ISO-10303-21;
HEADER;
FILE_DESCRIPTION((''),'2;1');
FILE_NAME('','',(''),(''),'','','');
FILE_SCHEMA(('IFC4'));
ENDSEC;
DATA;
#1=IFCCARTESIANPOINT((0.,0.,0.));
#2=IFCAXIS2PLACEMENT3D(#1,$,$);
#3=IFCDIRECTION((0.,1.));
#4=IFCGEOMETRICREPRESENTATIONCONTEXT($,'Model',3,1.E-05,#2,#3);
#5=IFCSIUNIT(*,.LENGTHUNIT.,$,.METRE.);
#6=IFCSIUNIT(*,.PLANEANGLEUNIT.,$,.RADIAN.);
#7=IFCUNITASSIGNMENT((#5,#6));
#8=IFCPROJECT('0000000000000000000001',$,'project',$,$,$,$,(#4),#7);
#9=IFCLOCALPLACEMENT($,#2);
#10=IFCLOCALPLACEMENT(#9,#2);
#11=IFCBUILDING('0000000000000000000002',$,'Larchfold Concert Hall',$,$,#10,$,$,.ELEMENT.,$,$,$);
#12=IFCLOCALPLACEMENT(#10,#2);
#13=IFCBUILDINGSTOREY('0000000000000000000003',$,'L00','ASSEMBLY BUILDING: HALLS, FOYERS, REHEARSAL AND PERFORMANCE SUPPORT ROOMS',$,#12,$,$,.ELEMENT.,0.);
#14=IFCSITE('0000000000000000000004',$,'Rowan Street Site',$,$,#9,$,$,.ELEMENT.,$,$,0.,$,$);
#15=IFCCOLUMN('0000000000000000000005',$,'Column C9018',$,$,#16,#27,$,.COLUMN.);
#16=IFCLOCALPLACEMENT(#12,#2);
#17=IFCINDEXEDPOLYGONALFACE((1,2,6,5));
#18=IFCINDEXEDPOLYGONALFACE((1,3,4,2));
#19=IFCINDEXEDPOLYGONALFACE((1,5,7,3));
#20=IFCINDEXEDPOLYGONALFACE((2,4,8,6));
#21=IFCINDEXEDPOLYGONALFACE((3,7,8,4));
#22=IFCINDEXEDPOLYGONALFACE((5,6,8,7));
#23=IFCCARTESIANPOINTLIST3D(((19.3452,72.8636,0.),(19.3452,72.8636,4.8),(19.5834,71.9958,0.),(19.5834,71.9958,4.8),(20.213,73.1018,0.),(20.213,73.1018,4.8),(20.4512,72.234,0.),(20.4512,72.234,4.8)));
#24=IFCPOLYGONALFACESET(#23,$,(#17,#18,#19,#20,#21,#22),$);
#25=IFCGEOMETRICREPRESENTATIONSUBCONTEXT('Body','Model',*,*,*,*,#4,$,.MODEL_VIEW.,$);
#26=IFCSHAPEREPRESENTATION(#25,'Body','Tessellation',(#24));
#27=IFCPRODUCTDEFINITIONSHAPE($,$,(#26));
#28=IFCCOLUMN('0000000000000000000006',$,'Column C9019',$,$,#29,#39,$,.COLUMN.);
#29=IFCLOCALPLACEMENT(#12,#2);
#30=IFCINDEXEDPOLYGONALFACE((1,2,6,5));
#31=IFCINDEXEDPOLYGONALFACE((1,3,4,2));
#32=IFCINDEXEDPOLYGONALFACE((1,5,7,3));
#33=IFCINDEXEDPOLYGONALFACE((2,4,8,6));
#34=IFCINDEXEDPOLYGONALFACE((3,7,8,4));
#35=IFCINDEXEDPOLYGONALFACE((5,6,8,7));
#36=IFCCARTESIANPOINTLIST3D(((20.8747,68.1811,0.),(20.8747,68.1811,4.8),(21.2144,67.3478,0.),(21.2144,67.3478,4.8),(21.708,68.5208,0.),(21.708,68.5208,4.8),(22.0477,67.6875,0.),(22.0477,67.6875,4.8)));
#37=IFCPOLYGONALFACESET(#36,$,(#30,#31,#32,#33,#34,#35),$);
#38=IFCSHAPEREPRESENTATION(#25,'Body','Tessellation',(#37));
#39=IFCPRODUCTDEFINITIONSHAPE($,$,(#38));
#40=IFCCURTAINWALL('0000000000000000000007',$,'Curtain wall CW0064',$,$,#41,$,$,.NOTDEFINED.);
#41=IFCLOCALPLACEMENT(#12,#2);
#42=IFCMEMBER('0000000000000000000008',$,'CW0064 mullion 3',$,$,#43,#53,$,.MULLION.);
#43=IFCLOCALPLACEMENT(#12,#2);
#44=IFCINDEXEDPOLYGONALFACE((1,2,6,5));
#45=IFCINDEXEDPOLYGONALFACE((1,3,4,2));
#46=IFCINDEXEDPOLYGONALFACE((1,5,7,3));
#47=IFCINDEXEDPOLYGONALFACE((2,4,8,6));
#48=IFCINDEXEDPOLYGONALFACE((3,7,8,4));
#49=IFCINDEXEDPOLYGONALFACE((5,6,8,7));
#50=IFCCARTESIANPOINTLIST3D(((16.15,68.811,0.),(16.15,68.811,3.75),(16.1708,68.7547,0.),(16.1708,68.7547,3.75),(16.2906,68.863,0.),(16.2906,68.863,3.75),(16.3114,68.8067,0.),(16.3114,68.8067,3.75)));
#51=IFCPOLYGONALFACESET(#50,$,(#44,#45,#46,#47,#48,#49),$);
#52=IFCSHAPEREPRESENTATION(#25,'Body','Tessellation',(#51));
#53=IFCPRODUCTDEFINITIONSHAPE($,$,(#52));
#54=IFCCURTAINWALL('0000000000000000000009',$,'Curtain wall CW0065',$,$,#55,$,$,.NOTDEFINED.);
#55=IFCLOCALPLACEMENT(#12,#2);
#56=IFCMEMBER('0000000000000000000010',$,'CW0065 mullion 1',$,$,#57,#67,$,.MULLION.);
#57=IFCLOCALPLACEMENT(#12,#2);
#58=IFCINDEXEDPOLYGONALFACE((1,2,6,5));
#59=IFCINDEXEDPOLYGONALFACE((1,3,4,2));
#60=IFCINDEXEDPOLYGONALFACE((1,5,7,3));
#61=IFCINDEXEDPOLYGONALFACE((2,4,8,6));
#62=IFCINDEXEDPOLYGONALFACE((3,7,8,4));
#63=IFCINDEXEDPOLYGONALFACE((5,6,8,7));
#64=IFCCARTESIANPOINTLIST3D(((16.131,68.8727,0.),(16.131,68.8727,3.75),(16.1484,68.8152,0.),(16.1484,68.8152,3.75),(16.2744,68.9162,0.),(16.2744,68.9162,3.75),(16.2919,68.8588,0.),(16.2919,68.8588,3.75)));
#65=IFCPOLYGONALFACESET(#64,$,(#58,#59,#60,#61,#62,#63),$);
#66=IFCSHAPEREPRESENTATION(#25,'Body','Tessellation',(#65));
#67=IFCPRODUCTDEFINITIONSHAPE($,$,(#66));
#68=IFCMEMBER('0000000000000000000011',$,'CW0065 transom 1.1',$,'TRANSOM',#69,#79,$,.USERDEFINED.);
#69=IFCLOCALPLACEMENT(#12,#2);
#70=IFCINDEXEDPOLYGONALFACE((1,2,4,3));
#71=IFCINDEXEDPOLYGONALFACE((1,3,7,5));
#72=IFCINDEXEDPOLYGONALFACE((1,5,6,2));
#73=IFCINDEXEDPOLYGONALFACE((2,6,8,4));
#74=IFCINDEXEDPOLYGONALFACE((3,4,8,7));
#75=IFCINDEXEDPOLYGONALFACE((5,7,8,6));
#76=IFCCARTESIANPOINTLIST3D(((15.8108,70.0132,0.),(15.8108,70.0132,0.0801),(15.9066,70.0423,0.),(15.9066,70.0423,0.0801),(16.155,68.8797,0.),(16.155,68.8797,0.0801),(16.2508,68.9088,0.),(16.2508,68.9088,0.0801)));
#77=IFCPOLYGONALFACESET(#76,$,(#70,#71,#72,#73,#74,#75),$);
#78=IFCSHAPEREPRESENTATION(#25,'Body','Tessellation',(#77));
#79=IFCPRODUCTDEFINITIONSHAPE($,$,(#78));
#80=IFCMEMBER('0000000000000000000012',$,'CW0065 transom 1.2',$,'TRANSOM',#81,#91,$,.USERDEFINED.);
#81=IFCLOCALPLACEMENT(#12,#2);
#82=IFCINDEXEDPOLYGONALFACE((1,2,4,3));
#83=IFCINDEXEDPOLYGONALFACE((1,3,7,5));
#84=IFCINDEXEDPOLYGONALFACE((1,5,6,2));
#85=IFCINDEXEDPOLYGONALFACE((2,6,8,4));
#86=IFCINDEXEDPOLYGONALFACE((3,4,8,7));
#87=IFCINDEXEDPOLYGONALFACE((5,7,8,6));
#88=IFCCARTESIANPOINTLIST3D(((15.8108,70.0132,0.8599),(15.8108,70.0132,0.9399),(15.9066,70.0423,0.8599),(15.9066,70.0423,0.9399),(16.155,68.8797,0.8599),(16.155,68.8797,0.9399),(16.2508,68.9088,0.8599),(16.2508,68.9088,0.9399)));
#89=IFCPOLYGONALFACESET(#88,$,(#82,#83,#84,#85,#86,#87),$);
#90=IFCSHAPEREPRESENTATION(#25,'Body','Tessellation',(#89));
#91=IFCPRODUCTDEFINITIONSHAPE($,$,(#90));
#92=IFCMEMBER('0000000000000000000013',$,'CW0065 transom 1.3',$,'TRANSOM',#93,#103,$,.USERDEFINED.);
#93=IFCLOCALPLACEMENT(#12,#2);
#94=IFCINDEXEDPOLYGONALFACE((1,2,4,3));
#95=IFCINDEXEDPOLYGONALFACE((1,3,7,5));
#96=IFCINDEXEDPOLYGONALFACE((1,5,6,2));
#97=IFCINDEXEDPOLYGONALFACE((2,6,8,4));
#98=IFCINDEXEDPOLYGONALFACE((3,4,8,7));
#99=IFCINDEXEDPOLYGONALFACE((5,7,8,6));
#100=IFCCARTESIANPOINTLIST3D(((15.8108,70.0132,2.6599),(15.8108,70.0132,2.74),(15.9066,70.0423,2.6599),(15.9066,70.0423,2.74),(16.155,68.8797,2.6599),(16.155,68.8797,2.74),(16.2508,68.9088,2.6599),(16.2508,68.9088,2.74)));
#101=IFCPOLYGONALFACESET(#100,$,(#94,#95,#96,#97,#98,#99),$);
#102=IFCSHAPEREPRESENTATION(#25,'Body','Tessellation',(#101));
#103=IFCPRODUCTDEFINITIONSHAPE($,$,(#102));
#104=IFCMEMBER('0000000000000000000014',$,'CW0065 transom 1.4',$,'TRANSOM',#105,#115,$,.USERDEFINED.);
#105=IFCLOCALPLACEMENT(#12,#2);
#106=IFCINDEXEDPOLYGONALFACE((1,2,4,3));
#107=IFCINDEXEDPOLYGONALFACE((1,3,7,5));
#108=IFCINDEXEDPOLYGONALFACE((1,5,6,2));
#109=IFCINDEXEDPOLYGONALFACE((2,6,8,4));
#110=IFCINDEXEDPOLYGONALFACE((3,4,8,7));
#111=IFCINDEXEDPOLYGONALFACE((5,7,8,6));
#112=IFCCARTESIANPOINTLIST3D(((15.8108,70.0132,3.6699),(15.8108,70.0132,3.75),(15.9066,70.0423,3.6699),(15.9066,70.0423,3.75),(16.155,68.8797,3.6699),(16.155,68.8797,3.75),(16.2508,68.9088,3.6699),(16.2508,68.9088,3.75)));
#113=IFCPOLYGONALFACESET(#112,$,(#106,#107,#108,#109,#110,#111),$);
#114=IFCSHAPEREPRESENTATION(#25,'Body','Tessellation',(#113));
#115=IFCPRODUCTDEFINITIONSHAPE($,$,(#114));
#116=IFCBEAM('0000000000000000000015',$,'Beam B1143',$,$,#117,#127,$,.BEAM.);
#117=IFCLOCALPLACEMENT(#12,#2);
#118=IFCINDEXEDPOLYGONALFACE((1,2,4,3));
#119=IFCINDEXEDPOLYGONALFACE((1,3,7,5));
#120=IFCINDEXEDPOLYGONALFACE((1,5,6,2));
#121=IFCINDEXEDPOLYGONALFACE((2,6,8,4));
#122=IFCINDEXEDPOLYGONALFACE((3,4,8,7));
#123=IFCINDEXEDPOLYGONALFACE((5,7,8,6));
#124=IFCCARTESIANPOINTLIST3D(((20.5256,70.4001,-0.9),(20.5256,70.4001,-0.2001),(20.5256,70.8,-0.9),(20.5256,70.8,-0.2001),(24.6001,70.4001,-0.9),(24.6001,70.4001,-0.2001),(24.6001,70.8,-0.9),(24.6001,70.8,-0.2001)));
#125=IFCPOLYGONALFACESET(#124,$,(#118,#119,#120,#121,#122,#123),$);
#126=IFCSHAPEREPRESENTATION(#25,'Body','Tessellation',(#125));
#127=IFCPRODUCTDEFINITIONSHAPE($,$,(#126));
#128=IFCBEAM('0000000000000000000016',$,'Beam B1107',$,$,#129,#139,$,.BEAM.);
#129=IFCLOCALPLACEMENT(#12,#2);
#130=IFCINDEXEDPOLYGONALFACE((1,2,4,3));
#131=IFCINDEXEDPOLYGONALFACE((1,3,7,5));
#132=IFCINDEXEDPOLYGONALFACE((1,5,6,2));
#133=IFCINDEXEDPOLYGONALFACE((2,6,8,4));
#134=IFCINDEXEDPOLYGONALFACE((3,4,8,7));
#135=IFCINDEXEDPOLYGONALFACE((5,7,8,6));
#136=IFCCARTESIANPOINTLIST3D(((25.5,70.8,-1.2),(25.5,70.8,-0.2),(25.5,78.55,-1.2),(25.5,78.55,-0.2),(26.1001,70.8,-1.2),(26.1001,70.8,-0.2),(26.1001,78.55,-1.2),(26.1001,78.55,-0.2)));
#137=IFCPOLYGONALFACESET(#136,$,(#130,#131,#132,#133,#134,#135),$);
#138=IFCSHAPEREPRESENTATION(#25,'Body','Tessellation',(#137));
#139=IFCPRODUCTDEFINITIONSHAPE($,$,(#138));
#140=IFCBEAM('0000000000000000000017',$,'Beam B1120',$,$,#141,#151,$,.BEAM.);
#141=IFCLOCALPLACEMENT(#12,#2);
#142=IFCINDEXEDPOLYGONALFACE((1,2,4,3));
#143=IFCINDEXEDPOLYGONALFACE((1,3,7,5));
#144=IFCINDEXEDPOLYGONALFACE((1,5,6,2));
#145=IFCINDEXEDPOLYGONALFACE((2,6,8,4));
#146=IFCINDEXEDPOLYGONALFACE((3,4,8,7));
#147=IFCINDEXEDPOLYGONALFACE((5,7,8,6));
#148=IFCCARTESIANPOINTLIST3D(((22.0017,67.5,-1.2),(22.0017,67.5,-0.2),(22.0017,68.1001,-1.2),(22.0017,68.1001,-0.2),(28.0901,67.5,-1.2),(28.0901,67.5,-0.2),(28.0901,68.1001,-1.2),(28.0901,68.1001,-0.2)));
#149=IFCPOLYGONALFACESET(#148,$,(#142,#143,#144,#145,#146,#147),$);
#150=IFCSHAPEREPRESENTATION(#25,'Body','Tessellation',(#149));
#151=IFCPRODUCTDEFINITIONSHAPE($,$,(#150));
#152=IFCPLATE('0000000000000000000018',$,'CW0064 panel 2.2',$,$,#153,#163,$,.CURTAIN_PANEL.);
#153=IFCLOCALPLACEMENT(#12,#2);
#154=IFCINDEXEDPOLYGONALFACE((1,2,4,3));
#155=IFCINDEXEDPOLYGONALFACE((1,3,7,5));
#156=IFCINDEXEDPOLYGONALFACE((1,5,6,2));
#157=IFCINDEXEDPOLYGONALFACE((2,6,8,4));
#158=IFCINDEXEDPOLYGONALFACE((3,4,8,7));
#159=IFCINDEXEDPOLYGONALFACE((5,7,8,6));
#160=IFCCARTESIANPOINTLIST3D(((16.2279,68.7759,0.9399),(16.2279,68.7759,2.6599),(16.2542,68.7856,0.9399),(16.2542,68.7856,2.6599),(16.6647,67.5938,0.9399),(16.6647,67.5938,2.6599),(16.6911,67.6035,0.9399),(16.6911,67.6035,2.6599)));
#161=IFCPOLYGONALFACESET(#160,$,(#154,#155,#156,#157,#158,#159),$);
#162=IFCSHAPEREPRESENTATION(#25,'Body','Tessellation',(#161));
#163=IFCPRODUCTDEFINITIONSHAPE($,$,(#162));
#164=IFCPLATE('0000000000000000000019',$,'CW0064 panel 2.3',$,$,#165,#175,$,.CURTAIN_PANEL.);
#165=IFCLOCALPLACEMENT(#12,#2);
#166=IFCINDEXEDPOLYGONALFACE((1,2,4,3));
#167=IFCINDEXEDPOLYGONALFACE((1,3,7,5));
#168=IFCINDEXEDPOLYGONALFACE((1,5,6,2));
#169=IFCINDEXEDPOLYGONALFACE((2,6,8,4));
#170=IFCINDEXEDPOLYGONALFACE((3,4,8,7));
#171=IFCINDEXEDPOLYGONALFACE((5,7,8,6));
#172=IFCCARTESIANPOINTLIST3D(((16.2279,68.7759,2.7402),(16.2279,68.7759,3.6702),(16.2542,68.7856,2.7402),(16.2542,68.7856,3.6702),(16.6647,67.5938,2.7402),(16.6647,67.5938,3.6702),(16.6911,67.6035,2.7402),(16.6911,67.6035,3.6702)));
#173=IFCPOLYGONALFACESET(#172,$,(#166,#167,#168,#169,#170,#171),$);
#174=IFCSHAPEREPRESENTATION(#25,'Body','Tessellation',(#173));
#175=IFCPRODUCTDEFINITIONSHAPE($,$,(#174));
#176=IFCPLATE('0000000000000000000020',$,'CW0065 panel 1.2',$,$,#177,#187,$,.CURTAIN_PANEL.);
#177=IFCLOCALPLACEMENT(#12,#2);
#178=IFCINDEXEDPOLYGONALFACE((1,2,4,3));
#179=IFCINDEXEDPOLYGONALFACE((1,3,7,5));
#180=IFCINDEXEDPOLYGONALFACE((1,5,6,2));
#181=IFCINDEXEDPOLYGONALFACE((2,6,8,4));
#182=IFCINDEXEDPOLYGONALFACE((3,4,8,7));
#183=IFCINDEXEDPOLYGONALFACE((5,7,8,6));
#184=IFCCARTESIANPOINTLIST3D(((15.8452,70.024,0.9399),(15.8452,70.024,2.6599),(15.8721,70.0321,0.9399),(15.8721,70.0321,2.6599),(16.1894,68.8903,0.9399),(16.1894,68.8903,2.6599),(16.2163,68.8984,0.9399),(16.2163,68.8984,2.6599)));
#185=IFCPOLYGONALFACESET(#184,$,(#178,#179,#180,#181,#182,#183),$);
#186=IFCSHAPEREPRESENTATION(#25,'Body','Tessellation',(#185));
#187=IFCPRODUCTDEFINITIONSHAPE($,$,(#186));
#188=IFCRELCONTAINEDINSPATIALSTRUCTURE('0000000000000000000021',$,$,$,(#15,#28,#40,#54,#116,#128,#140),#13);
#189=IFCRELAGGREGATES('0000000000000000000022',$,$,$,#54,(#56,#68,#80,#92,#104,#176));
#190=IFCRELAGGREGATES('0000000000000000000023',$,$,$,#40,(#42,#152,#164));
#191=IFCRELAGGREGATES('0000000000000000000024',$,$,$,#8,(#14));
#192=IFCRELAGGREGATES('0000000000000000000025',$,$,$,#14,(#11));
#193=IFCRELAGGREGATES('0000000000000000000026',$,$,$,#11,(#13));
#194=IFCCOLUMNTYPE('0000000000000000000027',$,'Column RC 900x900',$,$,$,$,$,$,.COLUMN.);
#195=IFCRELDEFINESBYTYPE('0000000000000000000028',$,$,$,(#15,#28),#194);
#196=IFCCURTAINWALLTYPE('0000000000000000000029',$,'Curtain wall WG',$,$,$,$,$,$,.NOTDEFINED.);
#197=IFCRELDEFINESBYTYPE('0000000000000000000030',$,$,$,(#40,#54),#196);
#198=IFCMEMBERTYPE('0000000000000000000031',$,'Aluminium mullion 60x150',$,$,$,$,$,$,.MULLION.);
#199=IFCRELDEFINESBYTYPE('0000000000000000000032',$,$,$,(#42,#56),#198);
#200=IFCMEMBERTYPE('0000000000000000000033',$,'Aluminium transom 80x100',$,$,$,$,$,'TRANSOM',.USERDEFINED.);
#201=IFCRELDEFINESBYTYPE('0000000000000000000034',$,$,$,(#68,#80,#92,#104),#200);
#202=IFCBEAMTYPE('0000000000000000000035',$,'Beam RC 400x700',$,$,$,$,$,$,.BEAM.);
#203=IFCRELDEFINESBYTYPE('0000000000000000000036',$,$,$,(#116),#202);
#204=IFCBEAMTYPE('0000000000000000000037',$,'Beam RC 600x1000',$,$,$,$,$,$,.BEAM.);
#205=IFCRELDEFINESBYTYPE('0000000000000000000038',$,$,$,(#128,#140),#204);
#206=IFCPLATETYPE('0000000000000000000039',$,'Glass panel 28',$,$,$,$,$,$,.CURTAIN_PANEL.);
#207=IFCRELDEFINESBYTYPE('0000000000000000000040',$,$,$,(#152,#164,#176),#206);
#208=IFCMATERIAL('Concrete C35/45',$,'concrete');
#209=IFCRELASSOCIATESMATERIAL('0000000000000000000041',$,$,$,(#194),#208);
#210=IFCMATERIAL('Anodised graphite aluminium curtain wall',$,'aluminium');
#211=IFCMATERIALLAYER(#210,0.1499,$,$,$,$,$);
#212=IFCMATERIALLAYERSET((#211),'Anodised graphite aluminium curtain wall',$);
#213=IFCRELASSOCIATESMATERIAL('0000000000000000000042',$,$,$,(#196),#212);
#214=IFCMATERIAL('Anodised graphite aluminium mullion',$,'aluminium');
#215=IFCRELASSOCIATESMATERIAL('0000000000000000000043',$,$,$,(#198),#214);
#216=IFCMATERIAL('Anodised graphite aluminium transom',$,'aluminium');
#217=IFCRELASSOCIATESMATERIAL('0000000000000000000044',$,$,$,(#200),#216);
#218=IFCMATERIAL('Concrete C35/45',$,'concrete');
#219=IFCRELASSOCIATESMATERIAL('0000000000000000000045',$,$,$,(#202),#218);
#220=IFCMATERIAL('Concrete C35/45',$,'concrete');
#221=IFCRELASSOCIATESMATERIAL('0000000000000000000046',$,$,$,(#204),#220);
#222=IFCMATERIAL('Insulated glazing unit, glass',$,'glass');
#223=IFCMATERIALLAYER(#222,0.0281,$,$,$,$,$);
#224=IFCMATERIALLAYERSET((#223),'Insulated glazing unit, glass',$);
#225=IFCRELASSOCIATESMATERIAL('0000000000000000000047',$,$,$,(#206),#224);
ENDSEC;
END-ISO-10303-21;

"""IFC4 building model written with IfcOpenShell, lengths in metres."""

from ifc_helpers import new_model, si_unit, direction, frame, origin, origin_2d, place, context, subcontext, project, spatial, rectangle, extrude, material, layer, layer_set, material_profile, profile_set, type_object, element, aggregate, save


model = new_model("IFC4")

# Units and contexts
model_context = context("Model", 3, precision=1e-05, world=origin(), true_north=direction((0.0, 1.0)))
body_context = subcontext(model_context, "Body", "Model", "MODEL_VIEW")
ifc_project = project(units=[si_unit("LENGTHUNIT", "METRE"), si_unit("PLANEANGLEUNIT", "RADIAN")], contexts=[model_context])

# Site, building, storey
site_placement = place(None, origin())
site = spatial("IfcSite", under=ifc_project, at=site_placement, Name="Rowan Street Site", CompositionType="ELEMENT", RefElevation=0.0)
building_placement = place(site_placement, origin())
building = spatial("IfcBuilding", under=site, at=building_placement, Name="Larchfold Concert Hall", CompositionType="ELEMENT")
storey_placement = place(building_placement, origin())
storey = spatial("IfcBuildingStorey", under=building, at=storey_placement, Name="L00", Description="ASSEMBLY BUILDING: HALLS, FOYERS, REHEARSAL AND PERFORMANCE SUPPORT ROOMS", CompositionType="ELEMENT", Elevation=0.0)

# Columns
ifc_material_1 = material(Name="Concrete C35/45", Category="concrete")
ifc_material_profile_1 = material_profile(ifc_material_1, rectangle(XDim=0.8999, YDim=0.8999, at=origin_2d()))
ifc_profile_set_1 = profile_set([ifc_material_profile_1], Name="Concrete C35/45")
column_type = type_object("IfcColumnType", Name="Column RC 900x900", PredefinedType="COLUMN", material=ifc_profile_set_1)
for number, where, z_axis, x_axis, name in (
    (1, (19.8982, 72.5488, 0.0), (0.0, 0.0, 1.0), (0.964324, 0.264726, 0.0), "Column C9018"),
    (2, (21.4612, 67.9343, 0.0), (0.0, 0.0, 1.0), (0.926014, 0.37749, 0.0), "Column C9019"),
):
    element("IfcColumn", number, at=place(storey_placement, frame(where, z_axis=z_axis, x_axis=x_axis)), inside=storey, type_object=column_type, Name=name, PredefinedType="COLUMN", context=body_context, shape_type="SweptSolid", body=[
        extrude(rectangle(XDim=0.8999, YDim=0.8999, at=origin_2d()), origin(), (0.0, 0.0, 1.0), 4.8),
    ])

# Curtain wall, member
ifc_material_2 = material(Name="Anodised graphite aluminium curtain wall", Category="aluminium")
ifc_layer_1 = layer(ifc_material_2, 0.1499)
ifc_layer_set_1 = layer_set([ifc_layer_1], Name="Anodised graphite aluminium curtain wall")
curtain_wall_type = type_object("IfcCurtainWallType", Name="Curtain wall WG", PredefinedType="NOTDEFINED", material=ifc_layer_set_1)
curtain_wall_1_placement = place(storey_placement, origin())
curtain_wall_1 = element("IfcCurtainWall", 3, at=curtain_wall_1_placement, inside=storey, type_object=curtain_wall_type, Name="Curtain wall CW0064", PredefinedType="NOTDEFINED")
ifc_material_3 = material(Name="Anodised graphite aluminium mullion", Category="aluminium")
ifc_material_profile_2 = material_profile(ifc_material_3, rectangle(XDim=0.1499, YDim=0.0601, at=origin_2d()))
ifc_profile_set_2 = profile_set([ifc_material_profile_2], Name="Anodised graphite aluminium mullion")
member_type_1 = type_object("IfcMemberType", Name="Aluminium mullion 60x150", PredefinedType="MULLION", material=ifc_profile_set_2)
member_1_placement = place(storey_placement, frame((16.2307, 68.8088, 0.0), z_axis=(0.0, 0.0, 1.0), x_axis=(-0.938002, -0.346631, 0.0)))
member_1 = element("IfcMember", 4, at=member_1_placement, type_object=member_type_1, Name="CW0064 mullion 3", PredefinedType="MULLION", context=body_context, shape_type="SweptSolid", body=[
    extrude(rectangle(XDim=0.1499, YDim=0.0601, at=origin_2d()), origin(), (0.0, 0.0, 1.0), 3.75),
])

# Curtain wall, members
curtain_wall_2_placement = place(storey_placement, origin())
curtain_wall_2 = element("IfcCurtainWall", 5, at=curtain_wall_2_placement, inside=storey, type_object=curtain_wall_type, Name="Curtain wall CW0065", PredefinedType="NOTDEFINED")
member_2_placement = place(storey_placement, frame((16.2114, 68.8657, 0.0), z_axis=(0.0, 0.0, 1.0), x_axis=(-0.956862, -0.290544, 0.0)))
member_2 = element("IfcMember", 6, at=member_2_placement, type_object=member_type_1, Name="CW0065 mullion 1", PredefinedType="MULLION", context=body_context, shape_type="SweptSolid", body=[
    extrude(rectangle(XDim=0.1499, YDim=0.0601, at=origin_2d()), origin(), (0.0, 0.0, 1.0), 3.75),
])
ifc_material_4 = material(Name="Anodised graphite aluminium transom", Category="aluminium")
ifc_material_profile_3 = material_profile(ifc_material_4, rectangle(XDim=0.1001, YDim=0.0801, at=origin_2d()))
ifc_profile_set_3 = profile_set([ifc_material_profile_3], Name="Anodised graphite aluminium transom")
member_type_2 = type_object("IfcMemberType", Name="Aluminium transom 80x100", ElementType="TRANSOM", PredefinedType="USERDEFINED", material=ifc_profile_set_3)
member_3_placement = place(storey_placement, frame((16.2029, 68.8943, 0.04), z_axis=(-0.290579, 0.956851, 0.0), x_axis=(-0.956851, -0.290579, 0.0)))
member_3 = element("IfcMember", 7, at=member_3_placement, type_object=member_type_2, Name="CW0065 transom 1.1", ObjectType="TRANSOM", PredefinedType="USERDEFINED", context=body_context, shape_type="SweptSolid", body=[
    extrude(rectangle(XDim=0.1001, YDim=0.0801, at=origin_2d()), origin(), (0.0, 0.0, 1.0), 1.1846),
])
member_4_placement = place(storey_placement, frame((16.2029, 68.8943, 0.8999), z_axis=(-0.290579, 0.956851, 0.0), x_axis=(-0.956851, -0.290579, 0.0)))
member_4 = element("IfcMember", 8, at=member_4_placement, type_object=member_type_2, Name="CW0065 transom 1.2", ObjectType="TRANSOM", PredefinedType="USERDEFINED", context=body_context, shape_type="SweptSolid", body=[
    extrude(rectangle(XDim=0.1001, YDim=0.0801, at=origin_2d()), origin(), (0.0, 0.0, 1.0), 1.1846),
])
member_5_placement = place(storey_placement, frame((16.2029, 68.8943, 2.7), z_axis=(-0.290579, 0.956851, 0.0), x_axis=(-0.956851, -0.290579, 0.0)))
member_5 = element("IfcMember", 9, at=member_5_placement, type_object=member_type_2, Name="CW0065 transom 1.3", ObjectType="TRANSOM", PredefinedType="USERDEFINED", context=body_context, shape_type="SweptSolid", body=[
    extrude(rectangle(XDim=0.1001, YDim=0.0801, at=origin_2d()), origin(), (0.0, 0.0, 1.0), 1.1846),
])
member_6_placement = place(storey_placement, frame((16.2029, 68.8943, 3.71), z_axis=(-0.290579, 0.956851, 0.0), x_axis=(-0.956851, -0.290579, 0.0)))
member_6 = element("IfcMember", 10, at=member_6_placement, type_object=member_type_2, Name="CW0065 transom 1.4", ObjectType="TRANSOM", PredefinedType="USERDEFINED", context=body_context, shape_type="SweptSolid", body=[
    extrude(rectangle(XDim=0.1001, YDim=0.0801, at=origin_2d()), origin(), (0.0, 0.0, 1.0), 1.1846),
])

# Beams
ifc_material_5 = material(Name="Concrete C35/45", Category="concrete")
ifc_material_profile_4 = material_profile(ifc_material_5, rectangle(XDim=0.3999, YDim=0.7, at=origin_2d()))
ifc_profile_set_4 = profile_set([ifc_material_profile_4], Name="Concrete C35/45")
beam_type_1 = type_object("IfcBeamType", Name="Beam RC 400x700", PredefinedType="BEAM", material=ifc_profile_set_4)
beam_1_placement = place(storey_placement, frame((20.5256, 70.6001, -0.55), z_axis=(1.0, 0.0, 0.0), x_axis=(0.0, 1.0, 0.0)))
element("IfcBeam", 11, at=beam_1_placement, inside=storey, type_object=beam_type_1, Name="Beam B1143", PredefinedType="BEAM", context=body_context, shape_type="SweptSolid", body=[
    extrude(rectangle(XDim=0.3999, YDim=0.7, at=origin_2d()), origin(), (0.0, 0.0, 1.0), 4.0745),
])
ifc_material_6 = material(Name="Concrete C35/45", Category="concrete")
ifc_material_profile_5 = material_profile(ifc_material_6, rectangle(XDim=0.6001, YDim=1.0, at=origin_2d()))
ifc_profile_set_5 = profile_set([ifc_material_profile_5], Name="Concrete C35/45")
beam_type_2 = type_object("IfcBeamType", Name="Beam RC 600x1000", PredefinedType="BEAM", material=ifc_profile_set_5)
beam_2_placement = place(storey_placement, frame((25.8, 70.8, -0.7), z_axis=(0.0, 1.0, 0.0), x_axis=(-1.0, 0.0, 0.0)))
element("IfcBeam", 12, at=beam_2_placement, inside=storey, type_object=beam_type_2, Name="Beam B1107", PredefinedType="BEAM", context=body_context, shape_type="SweptSolid", body=[
    extrude(rectangle(XDim=0.6001, YDim=1.0, at=origin_2d()), origin(), (0.0, 0.0, 1.0), 7.75),
])
beam_3_placement = place(storey_placement, frame((22.0017, 67.8, -0.7), z_axis=(1.0, 0.0, 0.0), x_axis=(0.0, 1.0, 0.0)))
element("IfcBeam", 13, at=beam_3_placement, inside=storey, type_object=beam_type_2, Name="Beam B1120", PredefinedType="BEAM", context=body_context, shape_type="SweptSolid", body=[
    extrude(rectangle(XDim=0.6001, YDim=1.0, at=origin_2d()), origin(), (0.0, 0.0, 1.0), 6.0884),
])

# Plates
ifc_material_7 = material(Name="Insulated glazing unit, glass", Category="glass")
ifc_layer_2 = layer(ifc_material_7, 0.0281)
ifc_layer_set_2 = layer_set([ifc_layer_2], Name="Insulated glazing unit, glass")
plate_type_1 = type_object("IfcPlateType", Name="Glass panel 28", PredefinedType="CURTAIN_PANEL", material=ifc_layer_set_2)
plate_1_placement = place(storey_placement, frame((16.4595, 68.1897, 0.9399), z_axis=(0.0, 0.0, 1.0), x_axis=(-0.346631, 0.938002, 0.0)))
plate_1 = element("IfcPlate", 14, at=plate_1_placement, type_object=plate_type_1, Name="CW0064 panel 2.2", PredefinedType="CURTAIN_PANEL", context=body_context, shape_type="SweptSolid", body=[
    extrude(rectangle(XDim=1.2603, YDim=0.0281, at=origin_2d()), origin(), (0.0, 0.0, 1.0), 1.72),
])
plate_2_placement = place(storey_placement, frame((16.4595, 68.1897, 2.7402), z_axis=(0.0, 0.0, 1.0), x_axis=(-0.346631, 0.938002, 0.0)))
plate_2 = element("IfcPlate", 15, at=plate_2_placement, type_object=plate_type_1, Name="CW0064 panel 2.3", PredefinedType="CURTAIN_PANEL", context=body_context, shape_type="SweptSolid", body=[
    extrude(rectangle(XDim=1.2603, YDim=0.0281, at=origin_2d()), origin(), (0.0, 0.0, 1.0), 0.9299),
])
plate_3_placement = place(storey_placement, frame((16.0308, 69.4612, 0.9399), z_axis=(0.0, 0.0, 1.0), x_axis=(-0.290544, 0.956862, 0.0)))
plate_3 = element("IfcPlate", 16, at=plate_3_placement, type_object=plate_type_1, Name="CW0065 panel 1.2", PredefinedType="CURTAIN_PANEL", context=body_context, shape_type="SweptSolid", body=[
    extrude(rectangle(XDim=1.1848, YDim=0.0281, at=origin_2d()), origin(), (0.0, 0.0, 1.0), 1.72),
])
aggregate(curtain_wall_2, [member_2, member_3, member_4, member_5, member_6, plate_3])
aggregate(curtain_wall_1, [member_1, plate_1, plate_2])

save(model, "model.ifc")
